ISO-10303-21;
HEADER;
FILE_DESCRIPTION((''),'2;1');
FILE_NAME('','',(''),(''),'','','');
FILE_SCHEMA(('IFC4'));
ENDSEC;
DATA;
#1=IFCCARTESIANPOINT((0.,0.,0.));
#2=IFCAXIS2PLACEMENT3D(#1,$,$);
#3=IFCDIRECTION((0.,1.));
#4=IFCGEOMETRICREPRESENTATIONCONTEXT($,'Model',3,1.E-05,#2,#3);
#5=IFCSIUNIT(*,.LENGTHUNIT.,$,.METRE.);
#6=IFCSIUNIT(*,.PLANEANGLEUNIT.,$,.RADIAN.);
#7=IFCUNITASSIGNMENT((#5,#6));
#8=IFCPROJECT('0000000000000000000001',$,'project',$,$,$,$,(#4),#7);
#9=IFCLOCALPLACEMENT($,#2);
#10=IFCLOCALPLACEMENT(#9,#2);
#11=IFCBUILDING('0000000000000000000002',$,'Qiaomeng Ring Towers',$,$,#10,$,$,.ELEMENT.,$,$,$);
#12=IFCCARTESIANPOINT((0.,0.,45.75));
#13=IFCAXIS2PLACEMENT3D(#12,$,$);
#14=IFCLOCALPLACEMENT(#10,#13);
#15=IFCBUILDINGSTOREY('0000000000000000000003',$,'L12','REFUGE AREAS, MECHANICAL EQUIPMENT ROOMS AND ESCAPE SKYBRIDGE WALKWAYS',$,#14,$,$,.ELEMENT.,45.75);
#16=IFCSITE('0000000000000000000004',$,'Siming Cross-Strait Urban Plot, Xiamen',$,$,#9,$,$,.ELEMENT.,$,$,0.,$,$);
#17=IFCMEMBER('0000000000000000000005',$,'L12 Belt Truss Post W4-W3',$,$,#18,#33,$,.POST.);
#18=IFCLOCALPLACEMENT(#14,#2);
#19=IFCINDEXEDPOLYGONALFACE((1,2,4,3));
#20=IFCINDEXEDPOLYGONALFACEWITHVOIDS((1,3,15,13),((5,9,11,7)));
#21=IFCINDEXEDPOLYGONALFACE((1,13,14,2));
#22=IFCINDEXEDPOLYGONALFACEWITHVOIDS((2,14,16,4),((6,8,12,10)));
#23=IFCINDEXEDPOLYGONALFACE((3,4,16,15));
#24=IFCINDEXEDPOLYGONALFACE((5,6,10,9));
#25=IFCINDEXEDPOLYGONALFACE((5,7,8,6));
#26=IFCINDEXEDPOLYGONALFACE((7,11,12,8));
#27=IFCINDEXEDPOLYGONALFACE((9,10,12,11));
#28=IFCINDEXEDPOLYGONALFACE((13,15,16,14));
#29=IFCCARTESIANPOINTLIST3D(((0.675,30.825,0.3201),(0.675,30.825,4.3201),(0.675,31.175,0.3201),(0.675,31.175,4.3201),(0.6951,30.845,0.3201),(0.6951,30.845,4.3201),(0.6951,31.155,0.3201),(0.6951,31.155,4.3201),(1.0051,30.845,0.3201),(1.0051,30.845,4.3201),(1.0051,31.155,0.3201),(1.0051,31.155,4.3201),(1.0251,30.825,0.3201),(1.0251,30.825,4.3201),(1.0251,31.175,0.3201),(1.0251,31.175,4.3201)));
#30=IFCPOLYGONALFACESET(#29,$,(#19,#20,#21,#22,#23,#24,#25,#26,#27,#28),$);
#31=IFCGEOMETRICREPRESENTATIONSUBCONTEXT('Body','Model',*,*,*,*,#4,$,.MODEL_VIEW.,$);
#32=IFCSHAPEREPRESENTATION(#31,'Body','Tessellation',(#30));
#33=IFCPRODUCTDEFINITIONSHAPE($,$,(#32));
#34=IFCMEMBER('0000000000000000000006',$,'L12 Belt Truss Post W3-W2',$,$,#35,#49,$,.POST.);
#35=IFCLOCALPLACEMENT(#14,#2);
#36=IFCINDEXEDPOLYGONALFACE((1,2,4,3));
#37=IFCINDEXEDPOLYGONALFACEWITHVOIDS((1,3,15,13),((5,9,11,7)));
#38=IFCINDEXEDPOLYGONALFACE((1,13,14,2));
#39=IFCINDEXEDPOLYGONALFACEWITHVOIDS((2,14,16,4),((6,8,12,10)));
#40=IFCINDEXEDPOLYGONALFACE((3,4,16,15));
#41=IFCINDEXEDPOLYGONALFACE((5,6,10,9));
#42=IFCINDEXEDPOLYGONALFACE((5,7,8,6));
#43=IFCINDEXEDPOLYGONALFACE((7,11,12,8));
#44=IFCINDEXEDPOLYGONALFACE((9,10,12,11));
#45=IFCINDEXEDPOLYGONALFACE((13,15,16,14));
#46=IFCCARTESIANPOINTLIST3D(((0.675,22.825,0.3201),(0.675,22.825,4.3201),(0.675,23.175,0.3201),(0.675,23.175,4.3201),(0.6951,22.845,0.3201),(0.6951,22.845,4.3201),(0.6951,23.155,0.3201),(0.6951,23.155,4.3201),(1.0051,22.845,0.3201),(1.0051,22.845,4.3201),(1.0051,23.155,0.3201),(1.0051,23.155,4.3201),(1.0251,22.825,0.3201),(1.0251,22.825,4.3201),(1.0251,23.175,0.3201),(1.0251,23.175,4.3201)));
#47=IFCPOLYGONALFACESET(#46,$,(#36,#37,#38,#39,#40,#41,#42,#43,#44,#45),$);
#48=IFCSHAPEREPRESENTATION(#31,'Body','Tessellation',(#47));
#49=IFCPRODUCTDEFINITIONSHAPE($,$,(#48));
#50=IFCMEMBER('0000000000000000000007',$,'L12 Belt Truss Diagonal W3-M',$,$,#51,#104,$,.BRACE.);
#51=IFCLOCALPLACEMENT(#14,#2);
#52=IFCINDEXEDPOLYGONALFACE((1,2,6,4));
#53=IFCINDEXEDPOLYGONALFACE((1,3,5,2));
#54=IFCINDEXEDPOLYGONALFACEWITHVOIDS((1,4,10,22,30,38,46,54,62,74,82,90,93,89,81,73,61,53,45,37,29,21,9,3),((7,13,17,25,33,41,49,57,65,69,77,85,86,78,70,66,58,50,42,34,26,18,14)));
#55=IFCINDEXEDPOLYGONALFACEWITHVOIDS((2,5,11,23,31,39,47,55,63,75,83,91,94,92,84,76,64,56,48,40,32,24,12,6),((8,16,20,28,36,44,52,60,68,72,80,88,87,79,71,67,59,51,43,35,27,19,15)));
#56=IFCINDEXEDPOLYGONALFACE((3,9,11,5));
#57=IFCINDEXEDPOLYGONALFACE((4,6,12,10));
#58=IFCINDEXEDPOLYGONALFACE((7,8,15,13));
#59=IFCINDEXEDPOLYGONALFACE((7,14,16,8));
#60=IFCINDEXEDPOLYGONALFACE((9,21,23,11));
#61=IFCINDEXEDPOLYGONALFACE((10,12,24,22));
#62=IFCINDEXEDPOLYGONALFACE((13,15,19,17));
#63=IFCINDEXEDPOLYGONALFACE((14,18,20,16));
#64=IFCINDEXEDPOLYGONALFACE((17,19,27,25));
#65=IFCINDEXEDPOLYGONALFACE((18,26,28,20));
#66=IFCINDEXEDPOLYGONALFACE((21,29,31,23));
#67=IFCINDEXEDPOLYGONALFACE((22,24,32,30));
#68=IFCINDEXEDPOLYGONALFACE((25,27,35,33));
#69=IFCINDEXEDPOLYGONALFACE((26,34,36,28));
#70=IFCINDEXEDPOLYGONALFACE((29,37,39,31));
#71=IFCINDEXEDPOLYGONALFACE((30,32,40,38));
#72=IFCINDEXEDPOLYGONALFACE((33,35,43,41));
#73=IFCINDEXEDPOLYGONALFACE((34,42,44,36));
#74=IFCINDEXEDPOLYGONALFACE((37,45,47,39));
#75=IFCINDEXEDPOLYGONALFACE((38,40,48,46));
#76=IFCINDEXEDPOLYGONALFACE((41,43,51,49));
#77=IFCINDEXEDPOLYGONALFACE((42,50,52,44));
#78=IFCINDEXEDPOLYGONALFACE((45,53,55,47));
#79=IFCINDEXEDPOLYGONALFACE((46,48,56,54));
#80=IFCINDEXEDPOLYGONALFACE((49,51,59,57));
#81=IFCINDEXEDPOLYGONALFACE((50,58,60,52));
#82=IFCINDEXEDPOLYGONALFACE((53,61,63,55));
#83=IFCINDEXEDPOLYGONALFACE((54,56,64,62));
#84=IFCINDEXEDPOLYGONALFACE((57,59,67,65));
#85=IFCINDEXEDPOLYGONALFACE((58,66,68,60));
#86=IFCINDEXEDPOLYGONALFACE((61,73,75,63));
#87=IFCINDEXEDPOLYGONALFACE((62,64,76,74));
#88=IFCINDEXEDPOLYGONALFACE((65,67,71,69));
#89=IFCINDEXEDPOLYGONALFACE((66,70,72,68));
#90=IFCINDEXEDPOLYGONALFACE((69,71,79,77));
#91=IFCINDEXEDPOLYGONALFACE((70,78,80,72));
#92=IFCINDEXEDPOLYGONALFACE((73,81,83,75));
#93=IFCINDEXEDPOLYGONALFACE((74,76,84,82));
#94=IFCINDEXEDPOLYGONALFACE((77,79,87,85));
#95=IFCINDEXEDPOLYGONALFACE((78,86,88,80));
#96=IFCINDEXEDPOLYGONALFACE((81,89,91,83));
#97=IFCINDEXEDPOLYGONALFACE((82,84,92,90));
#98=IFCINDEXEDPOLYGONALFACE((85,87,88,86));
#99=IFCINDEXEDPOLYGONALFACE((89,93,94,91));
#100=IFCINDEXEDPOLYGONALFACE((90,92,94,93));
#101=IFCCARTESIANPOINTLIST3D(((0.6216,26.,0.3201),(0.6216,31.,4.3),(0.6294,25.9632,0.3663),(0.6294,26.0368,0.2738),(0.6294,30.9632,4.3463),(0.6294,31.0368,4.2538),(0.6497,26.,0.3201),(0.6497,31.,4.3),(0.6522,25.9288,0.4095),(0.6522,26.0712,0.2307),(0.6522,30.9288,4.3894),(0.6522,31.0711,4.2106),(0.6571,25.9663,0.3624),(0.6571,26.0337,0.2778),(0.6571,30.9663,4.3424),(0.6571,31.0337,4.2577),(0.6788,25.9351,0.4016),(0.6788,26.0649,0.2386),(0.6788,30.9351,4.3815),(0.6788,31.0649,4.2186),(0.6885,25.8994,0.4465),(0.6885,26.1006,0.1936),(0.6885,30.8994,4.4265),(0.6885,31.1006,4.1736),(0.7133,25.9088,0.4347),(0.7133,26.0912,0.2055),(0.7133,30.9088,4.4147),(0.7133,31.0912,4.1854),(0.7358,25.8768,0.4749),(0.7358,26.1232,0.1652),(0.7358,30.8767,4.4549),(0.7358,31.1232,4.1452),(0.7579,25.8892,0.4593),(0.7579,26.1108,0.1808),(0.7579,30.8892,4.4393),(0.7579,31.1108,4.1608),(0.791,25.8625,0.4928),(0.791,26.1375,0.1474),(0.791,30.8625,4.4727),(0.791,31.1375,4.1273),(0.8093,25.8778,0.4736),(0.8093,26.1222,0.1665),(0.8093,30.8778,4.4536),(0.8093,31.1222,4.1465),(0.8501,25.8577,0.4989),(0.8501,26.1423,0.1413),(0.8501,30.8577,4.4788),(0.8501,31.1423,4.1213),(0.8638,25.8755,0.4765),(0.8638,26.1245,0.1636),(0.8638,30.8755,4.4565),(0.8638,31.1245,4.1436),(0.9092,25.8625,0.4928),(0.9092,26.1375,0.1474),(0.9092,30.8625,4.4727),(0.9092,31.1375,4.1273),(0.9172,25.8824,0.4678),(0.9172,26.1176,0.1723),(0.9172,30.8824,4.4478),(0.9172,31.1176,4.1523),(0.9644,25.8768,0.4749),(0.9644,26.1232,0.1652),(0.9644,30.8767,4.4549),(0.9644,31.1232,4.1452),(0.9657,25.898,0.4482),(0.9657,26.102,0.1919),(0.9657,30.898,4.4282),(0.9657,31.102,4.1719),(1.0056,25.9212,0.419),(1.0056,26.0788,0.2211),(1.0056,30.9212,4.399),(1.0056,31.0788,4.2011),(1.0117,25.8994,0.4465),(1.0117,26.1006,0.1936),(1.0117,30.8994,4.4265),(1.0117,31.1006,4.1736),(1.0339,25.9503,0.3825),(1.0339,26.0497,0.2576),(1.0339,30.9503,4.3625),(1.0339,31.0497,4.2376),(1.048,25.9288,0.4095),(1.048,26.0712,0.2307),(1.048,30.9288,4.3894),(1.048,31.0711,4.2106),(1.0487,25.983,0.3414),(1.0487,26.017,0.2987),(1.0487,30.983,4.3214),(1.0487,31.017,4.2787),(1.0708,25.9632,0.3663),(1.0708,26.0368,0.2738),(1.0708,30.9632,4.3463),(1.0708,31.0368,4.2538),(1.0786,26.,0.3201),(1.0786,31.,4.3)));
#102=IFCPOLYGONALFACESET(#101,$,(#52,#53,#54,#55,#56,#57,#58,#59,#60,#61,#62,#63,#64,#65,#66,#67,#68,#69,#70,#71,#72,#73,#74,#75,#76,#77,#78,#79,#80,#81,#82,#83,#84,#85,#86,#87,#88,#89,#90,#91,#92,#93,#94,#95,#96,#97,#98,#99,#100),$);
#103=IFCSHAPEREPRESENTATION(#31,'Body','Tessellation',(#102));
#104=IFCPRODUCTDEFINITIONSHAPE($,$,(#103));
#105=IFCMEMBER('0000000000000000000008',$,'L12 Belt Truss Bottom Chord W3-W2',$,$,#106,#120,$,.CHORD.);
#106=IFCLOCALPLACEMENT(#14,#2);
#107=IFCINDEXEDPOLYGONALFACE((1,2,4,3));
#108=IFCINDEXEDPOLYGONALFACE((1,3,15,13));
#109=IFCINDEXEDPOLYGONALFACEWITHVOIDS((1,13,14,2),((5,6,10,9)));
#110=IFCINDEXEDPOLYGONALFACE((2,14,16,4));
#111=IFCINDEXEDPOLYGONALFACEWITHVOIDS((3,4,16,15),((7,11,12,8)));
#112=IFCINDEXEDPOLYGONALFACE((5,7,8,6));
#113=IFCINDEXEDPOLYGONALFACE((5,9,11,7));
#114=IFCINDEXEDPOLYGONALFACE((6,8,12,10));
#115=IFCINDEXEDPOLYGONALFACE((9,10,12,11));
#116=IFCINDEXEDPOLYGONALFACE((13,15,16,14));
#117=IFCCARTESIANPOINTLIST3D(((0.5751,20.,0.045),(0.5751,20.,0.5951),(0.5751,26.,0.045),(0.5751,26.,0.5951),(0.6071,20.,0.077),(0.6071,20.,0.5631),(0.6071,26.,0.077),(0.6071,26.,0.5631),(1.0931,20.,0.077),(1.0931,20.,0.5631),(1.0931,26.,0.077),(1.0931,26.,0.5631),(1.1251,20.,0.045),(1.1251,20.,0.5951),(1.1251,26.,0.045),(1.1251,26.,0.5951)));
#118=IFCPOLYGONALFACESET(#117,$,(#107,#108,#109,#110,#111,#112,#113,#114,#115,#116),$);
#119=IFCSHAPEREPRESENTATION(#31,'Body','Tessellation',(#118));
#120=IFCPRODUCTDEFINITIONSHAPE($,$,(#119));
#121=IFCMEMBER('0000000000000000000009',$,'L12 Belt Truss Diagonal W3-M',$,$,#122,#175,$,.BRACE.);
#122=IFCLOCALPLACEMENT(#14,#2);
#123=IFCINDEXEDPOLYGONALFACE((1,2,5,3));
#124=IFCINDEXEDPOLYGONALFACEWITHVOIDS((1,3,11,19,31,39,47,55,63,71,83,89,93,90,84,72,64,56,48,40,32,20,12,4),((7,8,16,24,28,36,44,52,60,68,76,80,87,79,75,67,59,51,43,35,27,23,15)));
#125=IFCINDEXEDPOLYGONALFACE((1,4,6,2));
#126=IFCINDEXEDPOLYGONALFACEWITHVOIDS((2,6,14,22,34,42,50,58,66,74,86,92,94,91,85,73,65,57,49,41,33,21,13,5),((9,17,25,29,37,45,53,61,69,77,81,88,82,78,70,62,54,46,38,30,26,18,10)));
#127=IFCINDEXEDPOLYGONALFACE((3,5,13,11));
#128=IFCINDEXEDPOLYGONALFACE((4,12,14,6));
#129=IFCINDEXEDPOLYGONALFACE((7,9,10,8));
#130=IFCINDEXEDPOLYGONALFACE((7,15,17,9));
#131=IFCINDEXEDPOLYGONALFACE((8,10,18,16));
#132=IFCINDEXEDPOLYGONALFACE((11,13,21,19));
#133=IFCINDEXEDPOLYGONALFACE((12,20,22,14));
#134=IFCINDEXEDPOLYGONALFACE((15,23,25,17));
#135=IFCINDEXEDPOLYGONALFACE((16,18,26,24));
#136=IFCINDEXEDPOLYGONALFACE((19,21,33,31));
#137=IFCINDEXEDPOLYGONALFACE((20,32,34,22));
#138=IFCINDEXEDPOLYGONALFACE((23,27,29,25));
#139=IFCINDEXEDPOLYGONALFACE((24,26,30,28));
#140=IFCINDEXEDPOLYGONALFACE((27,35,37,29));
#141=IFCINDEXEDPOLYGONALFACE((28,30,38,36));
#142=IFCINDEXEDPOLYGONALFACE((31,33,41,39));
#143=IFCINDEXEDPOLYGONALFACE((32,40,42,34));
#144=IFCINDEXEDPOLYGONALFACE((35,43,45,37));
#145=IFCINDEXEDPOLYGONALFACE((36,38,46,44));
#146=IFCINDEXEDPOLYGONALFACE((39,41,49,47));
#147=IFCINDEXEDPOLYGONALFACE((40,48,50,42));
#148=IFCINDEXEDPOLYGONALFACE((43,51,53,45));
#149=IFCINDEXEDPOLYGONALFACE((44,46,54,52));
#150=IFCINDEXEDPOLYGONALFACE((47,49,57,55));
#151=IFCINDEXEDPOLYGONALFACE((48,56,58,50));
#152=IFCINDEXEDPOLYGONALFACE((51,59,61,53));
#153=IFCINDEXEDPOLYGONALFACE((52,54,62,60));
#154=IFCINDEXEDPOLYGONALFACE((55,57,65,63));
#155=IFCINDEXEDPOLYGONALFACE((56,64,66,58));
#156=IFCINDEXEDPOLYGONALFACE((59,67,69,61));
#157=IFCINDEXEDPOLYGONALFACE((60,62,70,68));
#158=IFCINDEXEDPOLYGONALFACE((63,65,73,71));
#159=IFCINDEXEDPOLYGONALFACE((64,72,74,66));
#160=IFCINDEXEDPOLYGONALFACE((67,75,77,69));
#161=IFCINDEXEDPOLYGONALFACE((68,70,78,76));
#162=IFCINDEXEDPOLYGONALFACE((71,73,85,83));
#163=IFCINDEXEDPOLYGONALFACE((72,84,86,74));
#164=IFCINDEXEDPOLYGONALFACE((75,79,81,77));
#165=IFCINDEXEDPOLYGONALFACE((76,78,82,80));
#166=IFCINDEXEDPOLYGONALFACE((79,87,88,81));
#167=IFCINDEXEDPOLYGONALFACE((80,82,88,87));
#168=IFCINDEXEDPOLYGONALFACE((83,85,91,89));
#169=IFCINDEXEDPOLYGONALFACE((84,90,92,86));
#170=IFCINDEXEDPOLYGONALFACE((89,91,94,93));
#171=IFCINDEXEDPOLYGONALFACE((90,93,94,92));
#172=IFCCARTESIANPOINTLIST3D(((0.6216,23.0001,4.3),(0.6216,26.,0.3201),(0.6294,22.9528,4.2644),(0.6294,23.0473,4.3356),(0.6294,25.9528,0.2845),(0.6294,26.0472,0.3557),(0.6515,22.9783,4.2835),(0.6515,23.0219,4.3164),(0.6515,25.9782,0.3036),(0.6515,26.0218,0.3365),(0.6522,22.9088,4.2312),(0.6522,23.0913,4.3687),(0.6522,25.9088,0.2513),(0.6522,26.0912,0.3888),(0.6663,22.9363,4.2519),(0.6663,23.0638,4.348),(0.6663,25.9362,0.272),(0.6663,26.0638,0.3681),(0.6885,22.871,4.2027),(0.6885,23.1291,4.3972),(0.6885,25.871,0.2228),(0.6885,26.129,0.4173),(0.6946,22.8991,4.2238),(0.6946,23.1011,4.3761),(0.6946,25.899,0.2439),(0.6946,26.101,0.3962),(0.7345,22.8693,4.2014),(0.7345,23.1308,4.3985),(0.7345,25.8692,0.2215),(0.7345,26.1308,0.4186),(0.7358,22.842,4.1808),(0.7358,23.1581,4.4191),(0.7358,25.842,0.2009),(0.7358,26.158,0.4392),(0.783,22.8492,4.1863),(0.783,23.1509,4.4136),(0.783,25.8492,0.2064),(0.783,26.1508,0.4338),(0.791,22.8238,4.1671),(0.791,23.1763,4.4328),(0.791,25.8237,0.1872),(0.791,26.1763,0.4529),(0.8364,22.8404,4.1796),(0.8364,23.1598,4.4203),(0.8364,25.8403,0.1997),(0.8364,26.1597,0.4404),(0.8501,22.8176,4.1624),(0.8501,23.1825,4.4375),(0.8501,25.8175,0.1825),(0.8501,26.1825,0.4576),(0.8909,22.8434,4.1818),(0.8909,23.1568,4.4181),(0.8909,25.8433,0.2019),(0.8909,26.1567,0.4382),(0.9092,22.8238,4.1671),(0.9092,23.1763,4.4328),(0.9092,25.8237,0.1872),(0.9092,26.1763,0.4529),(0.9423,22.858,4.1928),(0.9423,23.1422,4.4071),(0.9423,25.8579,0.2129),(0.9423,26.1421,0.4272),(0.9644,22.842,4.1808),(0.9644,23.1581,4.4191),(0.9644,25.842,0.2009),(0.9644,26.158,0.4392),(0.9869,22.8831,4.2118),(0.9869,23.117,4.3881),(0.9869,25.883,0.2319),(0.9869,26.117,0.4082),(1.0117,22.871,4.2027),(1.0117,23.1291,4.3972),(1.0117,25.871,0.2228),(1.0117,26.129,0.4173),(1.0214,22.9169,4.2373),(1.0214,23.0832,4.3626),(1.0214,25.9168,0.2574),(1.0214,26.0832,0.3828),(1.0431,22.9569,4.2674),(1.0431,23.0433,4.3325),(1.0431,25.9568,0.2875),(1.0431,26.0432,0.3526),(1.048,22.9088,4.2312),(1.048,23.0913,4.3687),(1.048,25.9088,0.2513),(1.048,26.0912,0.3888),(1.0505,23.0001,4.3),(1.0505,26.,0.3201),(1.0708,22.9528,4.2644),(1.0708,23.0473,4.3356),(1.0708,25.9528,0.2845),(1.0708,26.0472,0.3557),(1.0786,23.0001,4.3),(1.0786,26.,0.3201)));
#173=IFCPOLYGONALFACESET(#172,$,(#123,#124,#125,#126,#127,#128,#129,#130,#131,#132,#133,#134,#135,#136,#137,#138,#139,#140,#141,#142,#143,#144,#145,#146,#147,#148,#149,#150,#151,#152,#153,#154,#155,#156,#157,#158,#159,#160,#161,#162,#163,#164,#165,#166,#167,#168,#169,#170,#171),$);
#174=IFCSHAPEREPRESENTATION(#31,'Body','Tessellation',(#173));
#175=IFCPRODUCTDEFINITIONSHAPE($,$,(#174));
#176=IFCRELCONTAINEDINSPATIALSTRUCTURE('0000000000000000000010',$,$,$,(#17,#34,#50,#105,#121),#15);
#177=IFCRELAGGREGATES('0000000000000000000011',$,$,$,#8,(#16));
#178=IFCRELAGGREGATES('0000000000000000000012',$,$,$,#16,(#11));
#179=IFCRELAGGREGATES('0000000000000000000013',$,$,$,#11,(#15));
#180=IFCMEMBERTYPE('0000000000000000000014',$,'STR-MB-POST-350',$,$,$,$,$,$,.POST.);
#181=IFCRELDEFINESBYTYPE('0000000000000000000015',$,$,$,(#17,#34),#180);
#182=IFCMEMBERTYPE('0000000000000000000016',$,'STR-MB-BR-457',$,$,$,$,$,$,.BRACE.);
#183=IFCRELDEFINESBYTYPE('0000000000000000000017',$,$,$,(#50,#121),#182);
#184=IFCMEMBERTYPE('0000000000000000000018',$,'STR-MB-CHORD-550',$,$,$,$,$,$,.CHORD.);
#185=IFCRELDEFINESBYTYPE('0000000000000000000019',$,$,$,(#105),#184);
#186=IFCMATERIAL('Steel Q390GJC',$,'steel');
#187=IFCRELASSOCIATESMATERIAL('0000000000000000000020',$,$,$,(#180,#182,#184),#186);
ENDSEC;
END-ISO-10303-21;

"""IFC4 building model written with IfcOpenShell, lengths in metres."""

from ifc_helpers import new_model, si_unit, direction, frame, origin, origin_2d, place, context, subcontext, project, spatial, hollow_rectangle, hollow_circle, extrude, source, transform, mapped, material, material_profile, profile_set, type_object, element, save


model = new_model("IFC4")

# Units and contexts
model_context = context("Model", 3, precision=1e-05, world=origin(), true_north=direction((0.0, 1.0)))
body_context = subcontext(model_context, "Body", "Model", "MODEL_VIEW")
ifc_project = project(units=[si_unit("LENGTHUNIT", "METRE"), si_unit("PLANEANGLEUNIT", "RADIAN")], contexts=[model_context])

# Site, building, storey
site_placement = place(None, origin())
site = spatial("IfcSite", under=ifc_project, at=site_placement, Name="Siming Cross-Strait Urban Plot, Xiamen", CompositionType="ELEMENT", RefElevation=0.0)
building_placement = place(site_placement, origin())
building = spatial("IfcBuilding", under=site, at=building_placement, Name="Qiaomeng Ring Towers", CompositionType="ELEMENT")
storey_placement = place(building_placement, frame((0.0, 0.0, 45.75)))
storey = spatial("IfcBuildingStorey", under=building, at=storey_placement, Name="L12", Description="REFUGE AREAS, MECHANICAL EQUIPMENT ROOMS AND ESCAPE SKYBRIDGE WALKWAYS", CompositionType="ELEMENT", Elevation=45.75)

# Members
ifc_material_1 = material(Name="Steel Q390GJC", Category="steel")
ifc_material_profile_1 = material_profile(ifc_material_1, hollow_rectangle(XDim=0.3501, YDim=0.3501, WallThickness=0.02, at=origin_2d()), Name="SHS 350x350x20")
ifc_profile_set_1 = profile_set([ifc_material_profile_1], Name="Steel Q390GJC")
member_type_1 = type_object("IfcMemberType", Name="STR-MB-POST-350", PredefinedType="POST", material=ifc_profile_set_1)
shared_shape_1 = source(origin(), body_context, "Body", "SweptSolid", [
    extrude(hollow_rectangle(XDim=0.3501, YDim=0.3501, WallThickness=0.02, at=origin_2d()), origin(), (0.0, 0.0, 1.0), 4.0),
])
for number, where, z_axis, x_axis, name in (
    (1, (0.8501, 31.0, 0.3201), (0.0, 0.0, 1.0), (1.0, 0.0, 0.0), "L12 Belt Truss Post W4-W3"),
    (2, (0.8501, 23.0, 0.3201), (0.0, 0.0, 1.0), (1.0, 0.0, 0.0), "L12 Belt Truss Post W3-W2"),
):
    element("IfcMember", number, at=place(storey_placement, frame(where, z_axis=z_axis, x_axis=x_axis)), inside=storey, type_object=member_type_1, Name=name, PredefinedType="POST", context=body_context, shape_type="MappedRepresentation", body=[
        mapped(shared_shape_1, transform((0.0, 0.0, 0.0), x_axis=(1.0, 0.0, 0.0), y_axis=(0.0, 1.0, 0.0), z_axis=(0.0, 0.0, 1.0), scale=1.0)),
    ])
ifc_material_profile_2 = material_profile(ifc_material_1, hollow_circle(Radius=0.2285, WallThickness=0.0281, at=origin_2d()), Name="CHS 457x28")
ifc_profile_set_2 = profile_set([ifc_material_profile_2], Name="Steel Q390GJC")
member_type_2 = type_object("IfcMemberType", Name="STR-MB-BR-457", PredefinedType="BRACE", material=ifc_profile_set_2)
shared_shape_2 = source(origin(), body_context, "Body", "SweptSolid", [
    extrude(hollow_circle(Radius=0.2285, WallThickness=0.0281, at=origin_2d()), origin(), (0.0, 0.0, 1.0), 6.3906),
])
member_1_placement = place(storey_placement, frame((0.8501, 26.0, 0.3201), z_axis=(0.0, 0.782395, 0.622783), x_axis=(-1.0, 0.0, 0.0)))
element("IfcMember", 3, at=member_1_placement, inside=storey, type_object=member_type_2, Name="L12 Belt Truss Diagonal W3-M", PredefinedType="BRACE", context=body_context, shape_type="MappedRepresentation", body=[
    mapped(shared_shape_2, transform((0.0, 0.0, 0.0), x_axis=(1.0, 0.0, 0.0), y_axis=(0.0, 1.0, 0.0), z_axis=(0.0, 0.0, 1.0), scale=1.0)),
])
ifc_material_profile_3 = material_profile(ifc_material_1, hollow_rectangle(XDim=0.55, YDim=0.55, WallThickness=0.032, at=origin_2d()), Name="SHS 550x550x32")
ifc_profile_set_3 = profile_set([ifc_material_profile_3], Name="Steel Q390GJC")
member_type_3 = type_object("IfcMemberType", Name="STR-MB-CHORD-550", PredefinedType="CHORD", material=ifc_profile_set_3)
shared_shape_3 = source(origin(), body_context, "Body", "SweptSolid", [
    extrude(hollow_rectangle(XDim=0.55, YDim=0.55, WallThickness=0.032, at=origin_2d()), origin(), (0.0, 0.0, 1.0), 6.0),
])
member_2_placement = place(storey_placement, frame((0.8501, 26.0, 0.3201), z_axis=(0.0, -1.0, 0.0), x_axis=(1.0, 0.0, 0.0)))
element("IfcMember", 4, at=member_2_placement, inside=storey, type_object=member_type_3, Name="L12 Belt Truss Bottom Chord W3-W2", PredefinedType="CHORD", context=body_context, shape_type="MappedRepresentation", body=[
    mapped(shared_shape_3, transform((0.0, 0.0, 0.0), x_axis=(1.0, 0.0, 0.0), y_axis=(0.0, 1.0, 0.0), z_axis=(0.0, 0.0, 1.0), scale=1.0)),
])
shared_shape_4 = source(origin(), body_context, "Body", "SweptSolid", [
    extrude(hollow_circle(Radius=0.2285, WallThickness=0.0281, at=origin_2d()), origin(), (0.0, 0.0, 1.0), 4.9839),
])
member_3_placement = place(storey_placement, frame((0.8501, 26.0, 0.3201), z_axis=(0.0, -0.601926, 0.798552), x_axis=(1.0, 0.0, 0.0)))
element("IfcMember", 5, at=member_3_placement, inside=storey, type_object=member_type_2, Name="L12 Belt Truss Diagonal W3-M", PredefinedType="BRACE", context=body_context, shape_type="MappedRepresentation", body=[
    mapped(shared_shape_4, transform((0.0, 0.0, 0.0), x_axis=(1.0, 0.0, 0.0), y_axis=(0.0, 1.0, 0.0), z_axis=(0.0, 0.0, 1.0), scale=1.0)),
])

save(model, "model.ifc")
